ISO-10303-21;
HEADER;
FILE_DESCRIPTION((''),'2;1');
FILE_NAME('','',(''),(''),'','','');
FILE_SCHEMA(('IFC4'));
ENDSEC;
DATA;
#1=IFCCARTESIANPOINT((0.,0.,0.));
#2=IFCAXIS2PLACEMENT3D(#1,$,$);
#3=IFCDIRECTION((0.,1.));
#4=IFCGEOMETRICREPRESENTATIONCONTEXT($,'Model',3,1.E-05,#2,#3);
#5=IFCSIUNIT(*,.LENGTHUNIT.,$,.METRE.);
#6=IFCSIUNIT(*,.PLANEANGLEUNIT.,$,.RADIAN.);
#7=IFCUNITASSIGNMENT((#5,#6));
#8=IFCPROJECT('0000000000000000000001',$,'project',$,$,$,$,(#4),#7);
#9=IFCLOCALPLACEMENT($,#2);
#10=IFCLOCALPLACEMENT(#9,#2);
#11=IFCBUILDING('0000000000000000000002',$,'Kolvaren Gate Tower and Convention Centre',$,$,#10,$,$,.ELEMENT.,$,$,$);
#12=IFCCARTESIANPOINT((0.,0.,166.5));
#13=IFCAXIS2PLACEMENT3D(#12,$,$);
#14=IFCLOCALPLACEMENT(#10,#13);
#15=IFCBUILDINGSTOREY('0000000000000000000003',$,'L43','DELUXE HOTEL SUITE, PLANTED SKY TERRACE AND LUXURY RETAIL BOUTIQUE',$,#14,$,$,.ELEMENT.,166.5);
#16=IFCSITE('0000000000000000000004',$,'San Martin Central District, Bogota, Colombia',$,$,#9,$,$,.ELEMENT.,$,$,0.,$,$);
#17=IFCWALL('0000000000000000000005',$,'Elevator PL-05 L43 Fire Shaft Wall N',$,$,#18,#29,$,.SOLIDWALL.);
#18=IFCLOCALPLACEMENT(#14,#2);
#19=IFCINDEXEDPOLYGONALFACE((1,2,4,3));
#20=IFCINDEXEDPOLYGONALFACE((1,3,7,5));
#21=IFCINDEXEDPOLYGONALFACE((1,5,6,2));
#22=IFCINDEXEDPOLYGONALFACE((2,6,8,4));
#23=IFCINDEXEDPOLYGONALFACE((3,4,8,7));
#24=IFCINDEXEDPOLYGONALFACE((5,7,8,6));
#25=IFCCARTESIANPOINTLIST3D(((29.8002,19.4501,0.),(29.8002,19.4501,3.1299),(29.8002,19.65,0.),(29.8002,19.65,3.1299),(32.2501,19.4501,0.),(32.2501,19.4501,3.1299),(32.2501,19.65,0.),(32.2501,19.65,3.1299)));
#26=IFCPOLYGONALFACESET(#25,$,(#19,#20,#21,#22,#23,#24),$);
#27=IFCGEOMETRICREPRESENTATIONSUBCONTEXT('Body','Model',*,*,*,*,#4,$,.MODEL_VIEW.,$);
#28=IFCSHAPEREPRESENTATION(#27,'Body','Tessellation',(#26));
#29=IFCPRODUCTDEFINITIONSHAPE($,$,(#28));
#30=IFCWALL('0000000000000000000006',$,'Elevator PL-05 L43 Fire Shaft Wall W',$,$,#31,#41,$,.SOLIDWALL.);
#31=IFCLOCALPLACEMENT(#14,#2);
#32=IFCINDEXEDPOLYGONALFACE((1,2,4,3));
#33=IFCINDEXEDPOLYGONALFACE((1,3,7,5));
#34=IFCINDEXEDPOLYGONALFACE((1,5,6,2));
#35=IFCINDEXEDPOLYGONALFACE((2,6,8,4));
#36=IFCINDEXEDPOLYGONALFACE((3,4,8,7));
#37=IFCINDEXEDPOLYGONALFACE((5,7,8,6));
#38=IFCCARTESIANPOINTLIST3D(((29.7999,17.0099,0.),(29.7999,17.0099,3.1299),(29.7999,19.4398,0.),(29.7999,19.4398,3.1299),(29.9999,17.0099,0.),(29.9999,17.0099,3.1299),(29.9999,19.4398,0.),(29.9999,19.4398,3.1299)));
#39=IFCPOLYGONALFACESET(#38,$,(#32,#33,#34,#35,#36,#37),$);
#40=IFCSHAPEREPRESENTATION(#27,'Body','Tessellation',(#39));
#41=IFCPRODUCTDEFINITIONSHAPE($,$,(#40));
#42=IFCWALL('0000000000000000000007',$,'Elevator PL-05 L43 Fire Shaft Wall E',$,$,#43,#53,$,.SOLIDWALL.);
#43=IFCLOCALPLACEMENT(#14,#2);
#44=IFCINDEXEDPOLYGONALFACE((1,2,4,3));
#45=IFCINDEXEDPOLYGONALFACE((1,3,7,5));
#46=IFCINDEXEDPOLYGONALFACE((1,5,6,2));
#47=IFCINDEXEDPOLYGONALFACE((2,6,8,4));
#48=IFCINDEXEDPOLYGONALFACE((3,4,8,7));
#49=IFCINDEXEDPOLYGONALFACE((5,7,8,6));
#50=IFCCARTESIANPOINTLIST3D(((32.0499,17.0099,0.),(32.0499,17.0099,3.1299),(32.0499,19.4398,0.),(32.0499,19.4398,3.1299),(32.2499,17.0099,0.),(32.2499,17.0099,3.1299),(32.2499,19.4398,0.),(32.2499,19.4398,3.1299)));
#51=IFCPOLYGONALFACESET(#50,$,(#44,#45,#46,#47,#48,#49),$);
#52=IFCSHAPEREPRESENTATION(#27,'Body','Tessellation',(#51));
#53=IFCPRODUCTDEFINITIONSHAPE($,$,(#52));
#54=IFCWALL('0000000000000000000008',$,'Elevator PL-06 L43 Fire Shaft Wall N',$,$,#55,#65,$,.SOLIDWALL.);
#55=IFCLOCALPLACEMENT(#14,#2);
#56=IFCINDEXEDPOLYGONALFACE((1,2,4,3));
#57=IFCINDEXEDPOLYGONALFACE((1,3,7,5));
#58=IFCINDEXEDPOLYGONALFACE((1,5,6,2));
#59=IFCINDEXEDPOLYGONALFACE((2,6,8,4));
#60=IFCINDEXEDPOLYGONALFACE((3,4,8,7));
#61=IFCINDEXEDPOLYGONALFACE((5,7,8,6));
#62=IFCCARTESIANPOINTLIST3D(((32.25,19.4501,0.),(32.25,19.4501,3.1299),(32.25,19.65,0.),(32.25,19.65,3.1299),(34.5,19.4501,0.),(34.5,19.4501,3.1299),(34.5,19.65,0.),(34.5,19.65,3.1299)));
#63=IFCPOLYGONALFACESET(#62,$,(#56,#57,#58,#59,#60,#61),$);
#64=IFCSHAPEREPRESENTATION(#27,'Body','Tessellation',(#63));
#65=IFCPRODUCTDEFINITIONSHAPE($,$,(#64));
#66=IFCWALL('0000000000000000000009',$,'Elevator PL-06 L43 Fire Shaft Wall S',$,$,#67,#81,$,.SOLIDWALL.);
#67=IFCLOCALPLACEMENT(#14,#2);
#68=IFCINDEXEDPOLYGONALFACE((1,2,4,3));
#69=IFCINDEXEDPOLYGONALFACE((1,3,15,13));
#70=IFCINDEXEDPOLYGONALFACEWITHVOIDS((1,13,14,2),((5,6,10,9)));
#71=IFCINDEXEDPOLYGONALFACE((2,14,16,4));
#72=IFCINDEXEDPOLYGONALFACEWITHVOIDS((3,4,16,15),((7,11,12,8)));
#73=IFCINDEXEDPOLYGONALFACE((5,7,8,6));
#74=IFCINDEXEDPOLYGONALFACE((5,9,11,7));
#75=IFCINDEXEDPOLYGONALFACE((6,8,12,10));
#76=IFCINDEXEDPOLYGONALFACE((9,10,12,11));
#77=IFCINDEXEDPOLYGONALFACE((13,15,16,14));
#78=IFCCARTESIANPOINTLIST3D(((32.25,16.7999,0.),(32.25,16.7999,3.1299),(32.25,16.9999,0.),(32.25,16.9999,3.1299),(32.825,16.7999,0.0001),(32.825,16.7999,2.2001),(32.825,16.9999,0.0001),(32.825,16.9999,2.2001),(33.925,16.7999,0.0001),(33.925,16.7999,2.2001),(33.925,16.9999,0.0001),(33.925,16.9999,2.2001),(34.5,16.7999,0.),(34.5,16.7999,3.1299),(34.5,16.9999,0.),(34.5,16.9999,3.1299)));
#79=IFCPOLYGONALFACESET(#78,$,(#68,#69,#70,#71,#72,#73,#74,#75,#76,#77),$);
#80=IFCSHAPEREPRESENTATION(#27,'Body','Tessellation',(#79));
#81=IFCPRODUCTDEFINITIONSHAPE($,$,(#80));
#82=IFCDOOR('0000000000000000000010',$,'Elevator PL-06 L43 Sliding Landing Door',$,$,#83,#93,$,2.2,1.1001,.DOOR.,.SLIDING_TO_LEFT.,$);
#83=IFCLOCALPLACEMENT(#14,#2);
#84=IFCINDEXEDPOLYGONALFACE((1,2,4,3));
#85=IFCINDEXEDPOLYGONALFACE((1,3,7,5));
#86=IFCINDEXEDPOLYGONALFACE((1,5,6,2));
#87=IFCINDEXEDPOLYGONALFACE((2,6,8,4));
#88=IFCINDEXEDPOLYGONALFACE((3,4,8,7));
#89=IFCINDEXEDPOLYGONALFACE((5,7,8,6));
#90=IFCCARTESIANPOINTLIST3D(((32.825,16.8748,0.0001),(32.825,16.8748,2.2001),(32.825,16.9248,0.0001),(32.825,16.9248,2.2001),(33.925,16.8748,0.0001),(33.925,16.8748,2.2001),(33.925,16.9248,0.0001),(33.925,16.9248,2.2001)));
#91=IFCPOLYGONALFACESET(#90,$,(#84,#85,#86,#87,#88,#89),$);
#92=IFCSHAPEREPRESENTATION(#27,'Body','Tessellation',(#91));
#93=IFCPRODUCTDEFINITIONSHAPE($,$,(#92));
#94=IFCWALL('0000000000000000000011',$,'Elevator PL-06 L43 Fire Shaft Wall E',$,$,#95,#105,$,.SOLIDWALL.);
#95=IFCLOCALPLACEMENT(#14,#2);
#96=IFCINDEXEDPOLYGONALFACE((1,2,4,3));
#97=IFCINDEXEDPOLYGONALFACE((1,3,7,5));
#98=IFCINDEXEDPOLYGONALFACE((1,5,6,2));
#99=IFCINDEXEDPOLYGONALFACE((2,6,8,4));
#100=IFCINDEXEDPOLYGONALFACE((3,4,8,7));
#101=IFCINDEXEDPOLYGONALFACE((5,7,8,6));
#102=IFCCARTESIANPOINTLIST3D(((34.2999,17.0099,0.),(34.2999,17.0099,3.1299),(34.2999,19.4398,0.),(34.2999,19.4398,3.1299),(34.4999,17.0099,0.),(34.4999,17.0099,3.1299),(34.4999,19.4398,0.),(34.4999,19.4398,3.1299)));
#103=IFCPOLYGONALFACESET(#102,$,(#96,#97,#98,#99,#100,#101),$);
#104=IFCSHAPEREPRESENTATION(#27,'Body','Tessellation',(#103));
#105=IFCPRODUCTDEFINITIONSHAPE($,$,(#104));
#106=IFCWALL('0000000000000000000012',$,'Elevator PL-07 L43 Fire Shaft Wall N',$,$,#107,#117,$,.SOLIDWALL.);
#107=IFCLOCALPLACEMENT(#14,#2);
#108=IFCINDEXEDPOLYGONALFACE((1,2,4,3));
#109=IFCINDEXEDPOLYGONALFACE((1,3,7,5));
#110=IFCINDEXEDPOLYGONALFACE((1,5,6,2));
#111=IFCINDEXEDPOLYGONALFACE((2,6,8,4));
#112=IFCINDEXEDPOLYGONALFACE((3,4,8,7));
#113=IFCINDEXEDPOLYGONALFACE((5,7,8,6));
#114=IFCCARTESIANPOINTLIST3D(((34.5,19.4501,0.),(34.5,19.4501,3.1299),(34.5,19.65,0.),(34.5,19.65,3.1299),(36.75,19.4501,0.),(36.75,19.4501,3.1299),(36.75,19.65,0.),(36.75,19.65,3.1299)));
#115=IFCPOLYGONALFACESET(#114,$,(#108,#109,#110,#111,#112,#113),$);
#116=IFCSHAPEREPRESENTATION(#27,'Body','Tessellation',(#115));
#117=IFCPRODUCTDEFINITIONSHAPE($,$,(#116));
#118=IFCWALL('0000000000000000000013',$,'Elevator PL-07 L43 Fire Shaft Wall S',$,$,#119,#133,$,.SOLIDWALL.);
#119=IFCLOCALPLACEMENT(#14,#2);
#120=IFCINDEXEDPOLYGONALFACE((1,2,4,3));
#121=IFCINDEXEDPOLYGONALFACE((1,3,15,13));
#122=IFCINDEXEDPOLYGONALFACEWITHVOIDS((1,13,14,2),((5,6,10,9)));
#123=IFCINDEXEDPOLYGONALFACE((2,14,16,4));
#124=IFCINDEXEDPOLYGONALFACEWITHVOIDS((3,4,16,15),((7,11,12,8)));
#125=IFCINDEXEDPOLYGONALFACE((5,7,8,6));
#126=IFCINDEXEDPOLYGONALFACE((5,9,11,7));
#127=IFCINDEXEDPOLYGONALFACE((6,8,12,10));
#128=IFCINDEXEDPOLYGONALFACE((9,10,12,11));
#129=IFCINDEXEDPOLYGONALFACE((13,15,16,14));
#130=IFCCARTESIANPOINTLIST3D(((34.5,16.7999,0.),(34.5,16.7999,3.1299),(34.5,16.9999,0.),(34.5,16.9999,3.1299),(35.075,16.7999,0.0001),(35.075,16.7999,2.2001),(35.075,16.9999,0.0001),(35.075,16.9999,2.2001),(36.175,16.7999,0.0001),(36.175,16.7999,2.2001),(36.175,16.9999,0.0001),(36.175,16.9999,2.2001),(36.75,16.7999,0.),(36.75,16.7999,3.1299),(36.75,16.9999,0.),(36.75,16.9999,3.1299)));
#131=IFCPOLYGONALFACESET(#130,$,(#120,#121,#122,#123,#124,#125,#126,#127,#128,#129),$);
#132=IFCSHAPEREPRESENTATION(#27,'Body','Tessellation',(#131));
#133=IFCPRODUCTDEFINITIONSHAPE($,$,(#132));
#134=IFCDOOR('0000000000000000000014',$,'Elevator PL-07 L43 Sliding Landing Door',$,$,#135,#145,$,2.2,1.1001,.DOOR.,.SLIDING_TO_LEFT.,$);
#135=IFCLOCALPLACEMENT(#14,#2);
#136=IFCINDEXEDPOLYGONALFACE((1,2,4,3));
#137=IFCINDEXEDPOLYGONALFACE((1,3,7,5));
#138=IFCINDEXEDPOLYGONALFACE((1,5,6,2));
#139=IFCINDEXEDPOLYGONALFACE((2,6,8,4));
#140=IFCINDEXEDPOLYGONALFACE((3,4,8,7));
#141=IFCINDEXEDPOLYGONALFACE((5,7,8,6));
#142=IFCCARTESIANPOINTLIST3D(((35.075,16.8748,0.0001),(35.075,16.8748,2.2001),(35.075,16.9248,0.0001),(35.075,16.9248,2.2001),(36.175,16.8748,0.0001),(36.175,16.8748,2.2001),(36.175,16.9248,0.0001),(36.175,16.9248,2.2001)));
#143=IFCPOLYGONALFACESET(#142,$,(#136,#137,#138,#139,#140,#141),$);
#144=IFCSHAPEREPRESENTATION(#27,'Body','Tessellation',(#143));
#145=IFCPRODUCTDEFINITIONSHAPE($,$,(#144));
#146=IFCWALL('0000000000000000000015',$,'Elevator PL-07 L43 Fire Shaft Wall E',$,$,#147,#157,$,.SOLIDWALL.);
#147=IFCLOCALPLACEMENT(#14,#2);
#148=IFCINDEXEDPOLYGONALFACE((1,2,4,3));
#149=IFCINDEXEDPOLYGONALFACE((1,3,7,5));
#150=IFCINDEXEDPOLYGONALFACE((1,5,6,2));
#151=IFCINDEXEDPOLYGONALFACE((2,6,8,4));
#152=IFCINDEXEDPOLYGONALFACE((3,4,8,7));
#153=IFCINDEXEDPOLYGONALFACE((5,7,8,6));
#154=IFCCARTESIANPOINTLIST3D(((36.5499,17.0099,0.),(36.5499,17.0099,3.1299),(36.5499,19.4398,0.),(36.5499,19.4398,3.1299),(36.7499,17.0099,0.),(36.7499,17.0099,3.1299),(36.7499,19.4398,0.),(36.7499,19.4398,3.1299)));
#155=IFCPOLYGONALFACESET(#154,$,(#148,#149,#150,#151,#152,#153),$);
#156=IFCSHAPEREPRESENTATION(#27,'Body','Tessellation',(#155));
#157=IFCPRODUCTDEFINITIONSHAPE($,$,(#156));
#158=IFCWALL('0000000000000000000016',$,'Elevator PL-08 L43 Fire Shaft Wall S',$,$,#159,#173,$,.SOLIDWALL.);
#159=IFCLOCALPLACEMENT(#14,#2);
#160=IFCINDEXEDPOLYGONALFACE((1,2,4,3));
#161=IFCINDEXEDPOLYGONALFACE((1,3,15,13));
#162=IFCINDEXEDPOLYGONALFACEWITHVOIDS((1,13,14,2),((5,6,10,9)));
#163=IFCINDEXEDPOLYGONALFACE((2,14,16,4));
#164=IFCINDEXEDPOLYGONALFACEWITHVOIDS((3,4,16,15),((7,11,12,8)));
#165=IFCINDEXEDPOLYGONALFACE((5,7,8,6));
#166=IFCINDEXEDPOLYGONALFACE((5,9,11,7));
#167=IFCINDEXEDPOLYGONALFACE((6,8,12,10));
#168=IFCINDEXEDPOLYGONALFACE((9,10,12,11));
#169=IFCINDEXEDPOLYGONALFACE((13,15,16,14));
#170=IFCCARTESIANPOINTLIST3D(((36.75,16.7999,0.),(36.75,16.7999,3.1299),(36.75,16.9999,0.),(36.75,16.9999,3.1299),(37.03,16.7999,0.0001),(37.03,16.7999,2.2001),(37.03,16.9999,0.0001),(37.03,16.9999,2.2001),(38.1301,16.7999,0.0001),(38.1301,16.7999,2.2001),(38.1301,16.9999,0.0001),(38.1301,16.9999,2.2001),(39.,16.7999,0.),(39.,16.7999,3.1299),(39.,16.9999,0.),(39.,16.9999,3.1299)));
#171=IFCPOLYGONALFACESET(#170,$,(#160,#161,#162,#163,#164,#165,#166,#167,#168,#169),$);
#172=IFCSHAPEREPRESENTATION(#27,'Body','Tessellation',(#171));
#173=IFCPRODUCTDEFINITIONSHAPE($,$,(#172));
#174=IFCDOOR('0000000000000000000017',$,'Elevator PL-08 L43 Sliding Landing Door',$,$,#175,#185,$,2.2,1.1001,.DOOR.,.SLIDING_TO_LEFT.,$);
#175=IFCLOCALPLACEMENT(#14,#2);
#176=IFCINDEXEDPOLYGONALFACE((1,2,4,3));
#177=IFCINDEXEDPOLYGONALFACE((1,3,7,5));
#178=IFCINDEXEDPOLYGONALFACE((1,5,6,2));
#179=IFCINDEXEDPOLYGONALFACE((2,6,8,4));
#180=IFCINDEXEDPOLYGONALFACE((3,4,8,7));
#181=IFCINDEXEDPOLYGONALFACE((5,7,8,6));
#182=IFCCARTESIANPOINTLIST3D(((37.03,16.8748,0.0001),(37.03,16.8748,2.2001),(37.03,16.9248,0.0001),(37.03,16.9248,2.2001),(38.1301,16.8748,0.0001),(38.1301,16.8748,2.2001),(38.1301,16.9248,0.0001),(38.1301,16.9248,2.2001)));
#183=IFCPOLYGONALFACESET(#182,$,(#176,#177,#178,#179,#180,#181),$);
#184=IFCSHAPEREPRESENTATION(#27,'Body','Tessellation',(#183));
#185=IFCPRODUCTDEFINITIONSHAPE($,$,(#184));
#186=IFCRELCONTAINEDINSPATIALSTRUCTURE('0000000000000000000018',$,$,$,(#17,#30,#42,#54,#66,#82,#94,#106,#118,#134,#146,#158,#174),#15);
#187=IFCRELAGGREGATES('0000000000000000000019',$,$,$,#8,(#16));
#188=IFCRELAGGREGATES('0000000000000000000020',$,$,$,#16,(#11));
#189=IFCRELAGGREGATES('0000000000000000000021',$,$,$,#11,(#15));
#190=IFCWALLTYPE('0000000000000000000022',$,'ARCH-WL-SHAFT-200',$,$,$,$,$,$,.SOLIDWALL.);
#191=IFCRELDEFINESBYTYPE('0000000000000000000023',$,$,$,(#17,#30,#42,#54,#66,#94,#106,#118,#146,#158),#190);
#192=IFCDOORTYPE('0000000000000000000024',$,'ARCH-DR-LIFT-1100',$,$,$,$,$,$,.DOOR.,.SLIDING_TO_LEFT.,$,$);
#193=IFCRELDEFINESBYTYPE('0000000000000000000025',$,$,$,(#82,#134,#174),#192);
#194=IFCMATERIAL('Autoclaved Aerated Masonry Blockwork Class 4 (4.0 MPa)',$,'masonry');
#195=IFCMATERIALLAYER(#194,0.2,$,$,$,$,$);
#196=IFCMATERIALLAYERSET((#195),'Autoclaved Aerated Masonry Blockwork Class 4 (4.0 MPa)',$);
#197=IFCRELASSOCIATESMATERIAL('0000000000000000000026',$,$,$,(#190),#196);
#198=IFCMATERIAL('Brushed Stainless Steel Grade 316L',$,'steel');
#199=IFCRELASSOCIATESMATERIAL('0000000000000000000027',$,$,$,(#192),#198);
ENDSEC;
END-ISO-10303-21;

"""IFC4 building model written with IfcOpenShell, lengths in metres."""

from ifc_helpers import new_model, si_unit, direction, frame, frame_2d, origin, place, context, subcontext, project, spatial, rectangle, extrude, material, layer, layer_set, type_object, element, fill, save


model = new_model("IFC4")

# Units and contexts
model_context = context("Model", 3, precision=1e-05, world=origin(), true_north=direction((0.0, 1.0)))
body_context = subcontext(model_context, "Body", "Model", "MODEL_VIEW")
ifc_project = project(units=[si_unit("LENGTHUNIT", "METRE"), si_unit("PLANEANGLEUNIT", "RADIAN")], contexts=[model_context])

# Site, building, storey
site_placement = place(None, origin())
site = spatial("IfcSite", under=ifc_project, at=site_placement, Name="San Martin Central District, Bogota, Colombia", CompositionType="ELEMENT", RefElevation=0.0)
building_placement = place(site_placement, origin())
building = spatial("IfcBuilding", under=site, at=building_placement, Name="Kolvaren Gate Tower and Convention Centre", CompositionType="ELEMENT")
storey_placement = place(building_placement, frame((0.0, 0.0, 166.5)))
storey = spatial("IfcBuildingStorey", under=building, at=storey_placement, Name="L43", Description="DELUXE HOTEL SUITE, PLANTED SKY TERRACE AND LUXURY RETAIL BOUTIQUE", CompositionType="ELEMENT", Elevation=166.5)

# Walls
ifc_material_1 = material(Name="Autoclaved Aerated Masonry Blockwork Class 4 (4.0 MPa)", Category="masonry")
ifc_layer = layer(ifc_material_1, 0.2)
ifc_layer_set = layer_set([ifc_layer], Name="Autoclaved Aerated Masonry Blockwork Class 4 (4.0 MPa)")
wall_type = type_object("IfcWallType", Name="ARCH-WL-SHAFT-200", PredefinedType="SOLIDWALL", material=ifc_layer_set)
wall_1_placement = place(storey_placement, frame((29.8, 19.55, 0.0), z_axis=(0.0, 0.0, 1.0), x_axis=(1.0, 0.0, 0.0)))
element("IfcWall", 1, at=wall_1_placement, inside=storey, type_object=wall_type, Name="Elevator PL-05 L43 Fire Shaft Wall N", PredefinedType="SOLIDWALL", context=body_context, shape_type="SweptSolid", body=[
    extrude(rectangle(XDim=2.45, YDim=0.2, at=frame_2d((1.2251, 0.0))), origin(), (0.0, 0.0, 1.0), 3.1299),
])
for number, where, z_axis, x_axis, name in (
    (2, (29.8999, 17.01, 0.0), (0.0, 0.0, 1.0), (0.0, 1.0, 0.0), "Elevator PL-05 L43 Fire Shaft Wall W"),
    (3, (32.1499, 17.01, 0.0), (0.0, 0.0, 1.0), (0.0, 1.0, 0.0), "Elevator PL-05 L43 Fire Shaft Wall E"),
):
    element("IfcWall", number, at=place(storey_placement, frame(where, z_axis=z_axis, x_axis=x_axis)), inside=storey, type_object=wall_type, Name=name, PredefinedType="SOLIDWALL", context=body_context, shape_type="SweptSolid", body=[
        extrude(rectangle(XDim=2.4299, YDim=0.2, at=frame_2d((1.2148, 0.0))), origin(), (0.0, 0.0, 1.0), 3.1299),
    ])
wall_2_placement = place(storey_placement, frame((32.25, 19.55, 0.0), z_axis=(0.0, 0.0, 1.0), x_axis=(1.0, 0.0, 0.0)))
element("IfcWall", 4, at=wall_2_placement, inside=storey, type_object=wall_type, Name="Elevator PL-06 L43 Fire Shaft Wall N", PredefinedType="SOLIDWALL", context=body_context, shape_type="SweptSolid", body=[
    extrude(rectangle(XDim=2.25, YDim=0.2, at=frame_2d((1.125, 0.0))), origin(), (0.0, 0.0, 1.0), 3.1299),
])

# Wall, opening, door
wall_3_placement = place(storey_placement, frame((32.25, 16.8999, 0.0), z_axis=(0.0, 0.0, 1.0), x_axis=(1.0, 0.0, 0.0)))
wall_3 = element("IfcWall", 5, at=wall_3_placement, inside=storey, type_object=wall_type, Name="Elevator PL-06 L43 Fire Shaft Wall S", PredefinedType="SOLIDWALL", context=body_context, shape_type="SweptSolid", body=[
    extrude(rectangle(XDim=2.25, YDim=0.2, at=frame_2d((1.125, 0.0))), origin(), (0.0, 0.0, 1.0), 3.1299),
])
opening_1_placement = place(wall_3_placement, frame((0.575, 0.0, 0.0)))
opening_1 = element("IfcOpeningElement", 6, at=opening_1_placement, cuts=wall_3, PredefinedType="OPENING", context=body_context, shape_type="SweptSolid", body=[
    extrude(rectangle(XDim=1.1001, YDim=2.2, at=frame_2d((0.55, 1.1001))), frame((0.0, 0.1099, 0.0), z_axis=(0.0, -1.0, 0.0), x_axis=(1.0, 0.0, 0.0)), (0.0, 0.0, 1.0), 0.22),
])
ifc_material_2 = material(Name="Brushed Stainless Steel Grade 316L", Category="steel")
door_type = type_object("IfcDoorType", Name="ARCH-DR-LIFT-1100", OperationType="SLIDING_TO_LEFT", PredefinedType="DOOR", material=ifc_material_2)
door_1_placement = place(opening_1_placement, origin())
door_1 = element("IfcDoor", 7, at=door_1_placement, inside=storey, type_object=door_type, Name="Elevator PL-06 L43 Sliding Landing Door", OperationType="SLIDING_TO_LEFT", OverallHeight=2.2, OverallWidth=1.1001, PredefinedType="DOOR", context=body_context, shape_type="SweptSolid", body=[
    extrude(rectangle(XDim=1.1001, YDim=2.2, at=frame_2d((0.55, 1.1001))), frame((0.0, 0.0249, 0.0), z_axis=(0.0, -1.0, 0.0), x_axis=(1.0, 0.0, 0.0)), (0.0, 0.0, 1.0), 0.05),
])
fill(opening_1, door_1)

# Walls
wall_4_placement = place(storey_placement, frame((34.3999, 17.01, 0.0), z_axis=(0.0, 0.0, 1.0), x_axis=(0.0, 1.0, 0.0)))
element("IfcWall", 8, at=wall_4_placement, inside=storey, type_object=wall_type, Name="Elevator PL-06 L43 Fire Shaft Wall E", PredefinedType="SOLIDWALL", context=body_context, shape_type="SweptSolid", body=[
    extrude(rectangle(XDim=2.4299, YDim=0.2, at=frame_2d((1.2148, 0.0))), origin(), (0.0, 0.0, 1.0), 3.1299),
])
wall_5_placement = place(storey_placement, frame((34.5, 19.55, 0.0), z_axis=(0.0, 0.0, 1.0), x_axis=(1.0, 0.0, 0.0)))
element("IfcWall", 9, at=wall_5_placement, inside=storey, type_object=wall_type, Name="Elevator PL-07 L43 Fire Shaft Wall N", PredefinedType="SOLIDWALL", context=body_context, shape_type="SweptSolid", body=[
    extrude(rectangle(XDim=2.25, YDim=0.2, at=frame_2d((1.125, 0.0))), origin(), (0.0, 0.0, 1.0), 3.1299),
])

# Wall, opening, door
wall_6_placement = place(storey_placement, frame((34.5, 16.8999, 0.0), z_axis=(0.0, 0.0, 1.0), x_axis=(1.0, 0.0, 0.0)))
wall_6 = element("IfcWall", 10, at=wall_6_placement, inside=storey, type_object=wall_type, Name="Elevator PL-07 L43 Fire Shaft Wall S", PredefinedType="SOLIDWALL", context=body_context, shape_type="SweptSolid", body=[
    extrude(rectangle(XDim=2.25, YDim=0.2, at=frame_2d((1.125, 0.0))), origin(), (0.0, 0.0, 1.0), 3.1299),
])
opening_2_placement = place(wall_6_placement, frame((0.575, 0.0, 0.0)))
opening_2 = element("IfcOpeningElement", 11, at=opening_2_placement, cuts=wall_6, PredefinedType="OPENING", context=body_context, shape_type="SweptSolid", body=[
    extrude(rectangle(XDim=1.1001, YDim=2.2, at=frame_2d((0.55, 1.1001))), frame((0.0, 0.1099, 0.0), z_axis=(0.0, -1.0, 0.0), x_axis=(1.0, 0.0, 0.0)), (0.0, 0.0, 1.0), 0.22),
])
door_2_placement = place(opening_2_placement, origin())
door_2 = element("IfcDoor", 12, at=door_2_placement, inside=storey, type_object=door_type, Name="Elevator PL-07 L43 Sliding Landing Door", OperationType="SLIDING_TO_LEFT", OverallHeight=2.2, OverallWidth=1.1001, PredefinedType="DOOR", context=body_context, shape_type="SweptSolid", body=[
    extrude(rectangle(XDim=1.1001, YDim=2.2, at=frame_2d((0.55, 1.1001))), frame((0.0, 0.0249, 0.0), z_axis=(0.0, -1.0, 0.0), x_axis=(1.0, 0.0, 0.0)), (0.0, 0.0, 1.0), 0.05),
])
fill(opening_2, door_2)

# Wall
wall_7_placement = place(storey_placement, frame((36.6499, 17.01, 0.0), z_axis=(0.0, 0.0, 1.0), x_axis=(0.0, 1.0, 0.0)))
element("IfcWall", 13, at=wall_7_placement, inside=storey, type_object=wall_type, Name="Elevator PL-07 L43 Fire Shaft Wall E", PredefinedType="SOLIDWALL", context=body_context, shape_type="SweptSolid", body=[
    extrude(rectangle(XDim=2.4299, YDim=0.2, at=frame_2d((1.2148, 0.0))), origin(), (0.0, 0.0, 1.0), 3.1299),
])

# Wall, opening, door
wall_8_placement = place(storey_placement, frame((36.75, 16.8999, 0.0), z_axis=(0.0, 0.0, 1.0), x_axis=(1.0, 0.0, 0.0)))
wall_8 = element("IfcWall", 14, at=wall_8_placement, inside=storey, type_object=wall_type, Name="Elevator PL-08 L43 Fire Shaft Wall S", PredefinedType="SOLIDWALL", context=body_context, shape_type="SweptSolid", body=[
    extrude(rectangle(XDim=2.25, YDim=0.2, at=frame_2d((1.125, 0.0))), origin(), (0.0, 0.0, 1.0), 3.1299),
])
opening_3_placement = place(wall_8_placement, frame((0.28, 0.0, 0.0)))
opening_3 = element("IfcOpeningElement", 15, at=opening_3_placement, cuts=wall_8, PredefinedType="OPENING", context=body_context, shape_type="SweptSolid", body=[
    extrude(rectangle(XDim=1.1001, YDim=2.2, at=frame_2d((0.55, 1.1001))), frame((0.0, 0.1099, 0.0), z_axis=(0.0, -1.0, 0.0), x_axis=(1.0, 0.0, 0.0)), (0.0, 0.0, 1.0), 0.22),
])
door_3_placement = place(opening_3_placement, origin())
door_3 = element("IfcDoor", 16, at=door_3_placement, inside=storey, type_object=door_type, Name="Elevator PL-08 L43 Sliding Landing Door", OperationType="SLIDING_TO_LEFT", OverallHeight=2.2, OverallWidth=1.1001, PredefinedType="DOOR", context=body_context, shape_type="SweptSolid", body=[
    extrude(rectangle(XDim=1.1001, YDim=2.2, at=frame_2d((0.55, 1.1001))), frame((0.0, 0.0249, 0.0), z_axis=(0.0, -1.0, 0.0), x_axis=(1.0, 0.0, 0.0)), (0.0, 0.0, 1.0), 0.05),
])
fill(opening_3, door_3)

save(model, "model.ifc")
